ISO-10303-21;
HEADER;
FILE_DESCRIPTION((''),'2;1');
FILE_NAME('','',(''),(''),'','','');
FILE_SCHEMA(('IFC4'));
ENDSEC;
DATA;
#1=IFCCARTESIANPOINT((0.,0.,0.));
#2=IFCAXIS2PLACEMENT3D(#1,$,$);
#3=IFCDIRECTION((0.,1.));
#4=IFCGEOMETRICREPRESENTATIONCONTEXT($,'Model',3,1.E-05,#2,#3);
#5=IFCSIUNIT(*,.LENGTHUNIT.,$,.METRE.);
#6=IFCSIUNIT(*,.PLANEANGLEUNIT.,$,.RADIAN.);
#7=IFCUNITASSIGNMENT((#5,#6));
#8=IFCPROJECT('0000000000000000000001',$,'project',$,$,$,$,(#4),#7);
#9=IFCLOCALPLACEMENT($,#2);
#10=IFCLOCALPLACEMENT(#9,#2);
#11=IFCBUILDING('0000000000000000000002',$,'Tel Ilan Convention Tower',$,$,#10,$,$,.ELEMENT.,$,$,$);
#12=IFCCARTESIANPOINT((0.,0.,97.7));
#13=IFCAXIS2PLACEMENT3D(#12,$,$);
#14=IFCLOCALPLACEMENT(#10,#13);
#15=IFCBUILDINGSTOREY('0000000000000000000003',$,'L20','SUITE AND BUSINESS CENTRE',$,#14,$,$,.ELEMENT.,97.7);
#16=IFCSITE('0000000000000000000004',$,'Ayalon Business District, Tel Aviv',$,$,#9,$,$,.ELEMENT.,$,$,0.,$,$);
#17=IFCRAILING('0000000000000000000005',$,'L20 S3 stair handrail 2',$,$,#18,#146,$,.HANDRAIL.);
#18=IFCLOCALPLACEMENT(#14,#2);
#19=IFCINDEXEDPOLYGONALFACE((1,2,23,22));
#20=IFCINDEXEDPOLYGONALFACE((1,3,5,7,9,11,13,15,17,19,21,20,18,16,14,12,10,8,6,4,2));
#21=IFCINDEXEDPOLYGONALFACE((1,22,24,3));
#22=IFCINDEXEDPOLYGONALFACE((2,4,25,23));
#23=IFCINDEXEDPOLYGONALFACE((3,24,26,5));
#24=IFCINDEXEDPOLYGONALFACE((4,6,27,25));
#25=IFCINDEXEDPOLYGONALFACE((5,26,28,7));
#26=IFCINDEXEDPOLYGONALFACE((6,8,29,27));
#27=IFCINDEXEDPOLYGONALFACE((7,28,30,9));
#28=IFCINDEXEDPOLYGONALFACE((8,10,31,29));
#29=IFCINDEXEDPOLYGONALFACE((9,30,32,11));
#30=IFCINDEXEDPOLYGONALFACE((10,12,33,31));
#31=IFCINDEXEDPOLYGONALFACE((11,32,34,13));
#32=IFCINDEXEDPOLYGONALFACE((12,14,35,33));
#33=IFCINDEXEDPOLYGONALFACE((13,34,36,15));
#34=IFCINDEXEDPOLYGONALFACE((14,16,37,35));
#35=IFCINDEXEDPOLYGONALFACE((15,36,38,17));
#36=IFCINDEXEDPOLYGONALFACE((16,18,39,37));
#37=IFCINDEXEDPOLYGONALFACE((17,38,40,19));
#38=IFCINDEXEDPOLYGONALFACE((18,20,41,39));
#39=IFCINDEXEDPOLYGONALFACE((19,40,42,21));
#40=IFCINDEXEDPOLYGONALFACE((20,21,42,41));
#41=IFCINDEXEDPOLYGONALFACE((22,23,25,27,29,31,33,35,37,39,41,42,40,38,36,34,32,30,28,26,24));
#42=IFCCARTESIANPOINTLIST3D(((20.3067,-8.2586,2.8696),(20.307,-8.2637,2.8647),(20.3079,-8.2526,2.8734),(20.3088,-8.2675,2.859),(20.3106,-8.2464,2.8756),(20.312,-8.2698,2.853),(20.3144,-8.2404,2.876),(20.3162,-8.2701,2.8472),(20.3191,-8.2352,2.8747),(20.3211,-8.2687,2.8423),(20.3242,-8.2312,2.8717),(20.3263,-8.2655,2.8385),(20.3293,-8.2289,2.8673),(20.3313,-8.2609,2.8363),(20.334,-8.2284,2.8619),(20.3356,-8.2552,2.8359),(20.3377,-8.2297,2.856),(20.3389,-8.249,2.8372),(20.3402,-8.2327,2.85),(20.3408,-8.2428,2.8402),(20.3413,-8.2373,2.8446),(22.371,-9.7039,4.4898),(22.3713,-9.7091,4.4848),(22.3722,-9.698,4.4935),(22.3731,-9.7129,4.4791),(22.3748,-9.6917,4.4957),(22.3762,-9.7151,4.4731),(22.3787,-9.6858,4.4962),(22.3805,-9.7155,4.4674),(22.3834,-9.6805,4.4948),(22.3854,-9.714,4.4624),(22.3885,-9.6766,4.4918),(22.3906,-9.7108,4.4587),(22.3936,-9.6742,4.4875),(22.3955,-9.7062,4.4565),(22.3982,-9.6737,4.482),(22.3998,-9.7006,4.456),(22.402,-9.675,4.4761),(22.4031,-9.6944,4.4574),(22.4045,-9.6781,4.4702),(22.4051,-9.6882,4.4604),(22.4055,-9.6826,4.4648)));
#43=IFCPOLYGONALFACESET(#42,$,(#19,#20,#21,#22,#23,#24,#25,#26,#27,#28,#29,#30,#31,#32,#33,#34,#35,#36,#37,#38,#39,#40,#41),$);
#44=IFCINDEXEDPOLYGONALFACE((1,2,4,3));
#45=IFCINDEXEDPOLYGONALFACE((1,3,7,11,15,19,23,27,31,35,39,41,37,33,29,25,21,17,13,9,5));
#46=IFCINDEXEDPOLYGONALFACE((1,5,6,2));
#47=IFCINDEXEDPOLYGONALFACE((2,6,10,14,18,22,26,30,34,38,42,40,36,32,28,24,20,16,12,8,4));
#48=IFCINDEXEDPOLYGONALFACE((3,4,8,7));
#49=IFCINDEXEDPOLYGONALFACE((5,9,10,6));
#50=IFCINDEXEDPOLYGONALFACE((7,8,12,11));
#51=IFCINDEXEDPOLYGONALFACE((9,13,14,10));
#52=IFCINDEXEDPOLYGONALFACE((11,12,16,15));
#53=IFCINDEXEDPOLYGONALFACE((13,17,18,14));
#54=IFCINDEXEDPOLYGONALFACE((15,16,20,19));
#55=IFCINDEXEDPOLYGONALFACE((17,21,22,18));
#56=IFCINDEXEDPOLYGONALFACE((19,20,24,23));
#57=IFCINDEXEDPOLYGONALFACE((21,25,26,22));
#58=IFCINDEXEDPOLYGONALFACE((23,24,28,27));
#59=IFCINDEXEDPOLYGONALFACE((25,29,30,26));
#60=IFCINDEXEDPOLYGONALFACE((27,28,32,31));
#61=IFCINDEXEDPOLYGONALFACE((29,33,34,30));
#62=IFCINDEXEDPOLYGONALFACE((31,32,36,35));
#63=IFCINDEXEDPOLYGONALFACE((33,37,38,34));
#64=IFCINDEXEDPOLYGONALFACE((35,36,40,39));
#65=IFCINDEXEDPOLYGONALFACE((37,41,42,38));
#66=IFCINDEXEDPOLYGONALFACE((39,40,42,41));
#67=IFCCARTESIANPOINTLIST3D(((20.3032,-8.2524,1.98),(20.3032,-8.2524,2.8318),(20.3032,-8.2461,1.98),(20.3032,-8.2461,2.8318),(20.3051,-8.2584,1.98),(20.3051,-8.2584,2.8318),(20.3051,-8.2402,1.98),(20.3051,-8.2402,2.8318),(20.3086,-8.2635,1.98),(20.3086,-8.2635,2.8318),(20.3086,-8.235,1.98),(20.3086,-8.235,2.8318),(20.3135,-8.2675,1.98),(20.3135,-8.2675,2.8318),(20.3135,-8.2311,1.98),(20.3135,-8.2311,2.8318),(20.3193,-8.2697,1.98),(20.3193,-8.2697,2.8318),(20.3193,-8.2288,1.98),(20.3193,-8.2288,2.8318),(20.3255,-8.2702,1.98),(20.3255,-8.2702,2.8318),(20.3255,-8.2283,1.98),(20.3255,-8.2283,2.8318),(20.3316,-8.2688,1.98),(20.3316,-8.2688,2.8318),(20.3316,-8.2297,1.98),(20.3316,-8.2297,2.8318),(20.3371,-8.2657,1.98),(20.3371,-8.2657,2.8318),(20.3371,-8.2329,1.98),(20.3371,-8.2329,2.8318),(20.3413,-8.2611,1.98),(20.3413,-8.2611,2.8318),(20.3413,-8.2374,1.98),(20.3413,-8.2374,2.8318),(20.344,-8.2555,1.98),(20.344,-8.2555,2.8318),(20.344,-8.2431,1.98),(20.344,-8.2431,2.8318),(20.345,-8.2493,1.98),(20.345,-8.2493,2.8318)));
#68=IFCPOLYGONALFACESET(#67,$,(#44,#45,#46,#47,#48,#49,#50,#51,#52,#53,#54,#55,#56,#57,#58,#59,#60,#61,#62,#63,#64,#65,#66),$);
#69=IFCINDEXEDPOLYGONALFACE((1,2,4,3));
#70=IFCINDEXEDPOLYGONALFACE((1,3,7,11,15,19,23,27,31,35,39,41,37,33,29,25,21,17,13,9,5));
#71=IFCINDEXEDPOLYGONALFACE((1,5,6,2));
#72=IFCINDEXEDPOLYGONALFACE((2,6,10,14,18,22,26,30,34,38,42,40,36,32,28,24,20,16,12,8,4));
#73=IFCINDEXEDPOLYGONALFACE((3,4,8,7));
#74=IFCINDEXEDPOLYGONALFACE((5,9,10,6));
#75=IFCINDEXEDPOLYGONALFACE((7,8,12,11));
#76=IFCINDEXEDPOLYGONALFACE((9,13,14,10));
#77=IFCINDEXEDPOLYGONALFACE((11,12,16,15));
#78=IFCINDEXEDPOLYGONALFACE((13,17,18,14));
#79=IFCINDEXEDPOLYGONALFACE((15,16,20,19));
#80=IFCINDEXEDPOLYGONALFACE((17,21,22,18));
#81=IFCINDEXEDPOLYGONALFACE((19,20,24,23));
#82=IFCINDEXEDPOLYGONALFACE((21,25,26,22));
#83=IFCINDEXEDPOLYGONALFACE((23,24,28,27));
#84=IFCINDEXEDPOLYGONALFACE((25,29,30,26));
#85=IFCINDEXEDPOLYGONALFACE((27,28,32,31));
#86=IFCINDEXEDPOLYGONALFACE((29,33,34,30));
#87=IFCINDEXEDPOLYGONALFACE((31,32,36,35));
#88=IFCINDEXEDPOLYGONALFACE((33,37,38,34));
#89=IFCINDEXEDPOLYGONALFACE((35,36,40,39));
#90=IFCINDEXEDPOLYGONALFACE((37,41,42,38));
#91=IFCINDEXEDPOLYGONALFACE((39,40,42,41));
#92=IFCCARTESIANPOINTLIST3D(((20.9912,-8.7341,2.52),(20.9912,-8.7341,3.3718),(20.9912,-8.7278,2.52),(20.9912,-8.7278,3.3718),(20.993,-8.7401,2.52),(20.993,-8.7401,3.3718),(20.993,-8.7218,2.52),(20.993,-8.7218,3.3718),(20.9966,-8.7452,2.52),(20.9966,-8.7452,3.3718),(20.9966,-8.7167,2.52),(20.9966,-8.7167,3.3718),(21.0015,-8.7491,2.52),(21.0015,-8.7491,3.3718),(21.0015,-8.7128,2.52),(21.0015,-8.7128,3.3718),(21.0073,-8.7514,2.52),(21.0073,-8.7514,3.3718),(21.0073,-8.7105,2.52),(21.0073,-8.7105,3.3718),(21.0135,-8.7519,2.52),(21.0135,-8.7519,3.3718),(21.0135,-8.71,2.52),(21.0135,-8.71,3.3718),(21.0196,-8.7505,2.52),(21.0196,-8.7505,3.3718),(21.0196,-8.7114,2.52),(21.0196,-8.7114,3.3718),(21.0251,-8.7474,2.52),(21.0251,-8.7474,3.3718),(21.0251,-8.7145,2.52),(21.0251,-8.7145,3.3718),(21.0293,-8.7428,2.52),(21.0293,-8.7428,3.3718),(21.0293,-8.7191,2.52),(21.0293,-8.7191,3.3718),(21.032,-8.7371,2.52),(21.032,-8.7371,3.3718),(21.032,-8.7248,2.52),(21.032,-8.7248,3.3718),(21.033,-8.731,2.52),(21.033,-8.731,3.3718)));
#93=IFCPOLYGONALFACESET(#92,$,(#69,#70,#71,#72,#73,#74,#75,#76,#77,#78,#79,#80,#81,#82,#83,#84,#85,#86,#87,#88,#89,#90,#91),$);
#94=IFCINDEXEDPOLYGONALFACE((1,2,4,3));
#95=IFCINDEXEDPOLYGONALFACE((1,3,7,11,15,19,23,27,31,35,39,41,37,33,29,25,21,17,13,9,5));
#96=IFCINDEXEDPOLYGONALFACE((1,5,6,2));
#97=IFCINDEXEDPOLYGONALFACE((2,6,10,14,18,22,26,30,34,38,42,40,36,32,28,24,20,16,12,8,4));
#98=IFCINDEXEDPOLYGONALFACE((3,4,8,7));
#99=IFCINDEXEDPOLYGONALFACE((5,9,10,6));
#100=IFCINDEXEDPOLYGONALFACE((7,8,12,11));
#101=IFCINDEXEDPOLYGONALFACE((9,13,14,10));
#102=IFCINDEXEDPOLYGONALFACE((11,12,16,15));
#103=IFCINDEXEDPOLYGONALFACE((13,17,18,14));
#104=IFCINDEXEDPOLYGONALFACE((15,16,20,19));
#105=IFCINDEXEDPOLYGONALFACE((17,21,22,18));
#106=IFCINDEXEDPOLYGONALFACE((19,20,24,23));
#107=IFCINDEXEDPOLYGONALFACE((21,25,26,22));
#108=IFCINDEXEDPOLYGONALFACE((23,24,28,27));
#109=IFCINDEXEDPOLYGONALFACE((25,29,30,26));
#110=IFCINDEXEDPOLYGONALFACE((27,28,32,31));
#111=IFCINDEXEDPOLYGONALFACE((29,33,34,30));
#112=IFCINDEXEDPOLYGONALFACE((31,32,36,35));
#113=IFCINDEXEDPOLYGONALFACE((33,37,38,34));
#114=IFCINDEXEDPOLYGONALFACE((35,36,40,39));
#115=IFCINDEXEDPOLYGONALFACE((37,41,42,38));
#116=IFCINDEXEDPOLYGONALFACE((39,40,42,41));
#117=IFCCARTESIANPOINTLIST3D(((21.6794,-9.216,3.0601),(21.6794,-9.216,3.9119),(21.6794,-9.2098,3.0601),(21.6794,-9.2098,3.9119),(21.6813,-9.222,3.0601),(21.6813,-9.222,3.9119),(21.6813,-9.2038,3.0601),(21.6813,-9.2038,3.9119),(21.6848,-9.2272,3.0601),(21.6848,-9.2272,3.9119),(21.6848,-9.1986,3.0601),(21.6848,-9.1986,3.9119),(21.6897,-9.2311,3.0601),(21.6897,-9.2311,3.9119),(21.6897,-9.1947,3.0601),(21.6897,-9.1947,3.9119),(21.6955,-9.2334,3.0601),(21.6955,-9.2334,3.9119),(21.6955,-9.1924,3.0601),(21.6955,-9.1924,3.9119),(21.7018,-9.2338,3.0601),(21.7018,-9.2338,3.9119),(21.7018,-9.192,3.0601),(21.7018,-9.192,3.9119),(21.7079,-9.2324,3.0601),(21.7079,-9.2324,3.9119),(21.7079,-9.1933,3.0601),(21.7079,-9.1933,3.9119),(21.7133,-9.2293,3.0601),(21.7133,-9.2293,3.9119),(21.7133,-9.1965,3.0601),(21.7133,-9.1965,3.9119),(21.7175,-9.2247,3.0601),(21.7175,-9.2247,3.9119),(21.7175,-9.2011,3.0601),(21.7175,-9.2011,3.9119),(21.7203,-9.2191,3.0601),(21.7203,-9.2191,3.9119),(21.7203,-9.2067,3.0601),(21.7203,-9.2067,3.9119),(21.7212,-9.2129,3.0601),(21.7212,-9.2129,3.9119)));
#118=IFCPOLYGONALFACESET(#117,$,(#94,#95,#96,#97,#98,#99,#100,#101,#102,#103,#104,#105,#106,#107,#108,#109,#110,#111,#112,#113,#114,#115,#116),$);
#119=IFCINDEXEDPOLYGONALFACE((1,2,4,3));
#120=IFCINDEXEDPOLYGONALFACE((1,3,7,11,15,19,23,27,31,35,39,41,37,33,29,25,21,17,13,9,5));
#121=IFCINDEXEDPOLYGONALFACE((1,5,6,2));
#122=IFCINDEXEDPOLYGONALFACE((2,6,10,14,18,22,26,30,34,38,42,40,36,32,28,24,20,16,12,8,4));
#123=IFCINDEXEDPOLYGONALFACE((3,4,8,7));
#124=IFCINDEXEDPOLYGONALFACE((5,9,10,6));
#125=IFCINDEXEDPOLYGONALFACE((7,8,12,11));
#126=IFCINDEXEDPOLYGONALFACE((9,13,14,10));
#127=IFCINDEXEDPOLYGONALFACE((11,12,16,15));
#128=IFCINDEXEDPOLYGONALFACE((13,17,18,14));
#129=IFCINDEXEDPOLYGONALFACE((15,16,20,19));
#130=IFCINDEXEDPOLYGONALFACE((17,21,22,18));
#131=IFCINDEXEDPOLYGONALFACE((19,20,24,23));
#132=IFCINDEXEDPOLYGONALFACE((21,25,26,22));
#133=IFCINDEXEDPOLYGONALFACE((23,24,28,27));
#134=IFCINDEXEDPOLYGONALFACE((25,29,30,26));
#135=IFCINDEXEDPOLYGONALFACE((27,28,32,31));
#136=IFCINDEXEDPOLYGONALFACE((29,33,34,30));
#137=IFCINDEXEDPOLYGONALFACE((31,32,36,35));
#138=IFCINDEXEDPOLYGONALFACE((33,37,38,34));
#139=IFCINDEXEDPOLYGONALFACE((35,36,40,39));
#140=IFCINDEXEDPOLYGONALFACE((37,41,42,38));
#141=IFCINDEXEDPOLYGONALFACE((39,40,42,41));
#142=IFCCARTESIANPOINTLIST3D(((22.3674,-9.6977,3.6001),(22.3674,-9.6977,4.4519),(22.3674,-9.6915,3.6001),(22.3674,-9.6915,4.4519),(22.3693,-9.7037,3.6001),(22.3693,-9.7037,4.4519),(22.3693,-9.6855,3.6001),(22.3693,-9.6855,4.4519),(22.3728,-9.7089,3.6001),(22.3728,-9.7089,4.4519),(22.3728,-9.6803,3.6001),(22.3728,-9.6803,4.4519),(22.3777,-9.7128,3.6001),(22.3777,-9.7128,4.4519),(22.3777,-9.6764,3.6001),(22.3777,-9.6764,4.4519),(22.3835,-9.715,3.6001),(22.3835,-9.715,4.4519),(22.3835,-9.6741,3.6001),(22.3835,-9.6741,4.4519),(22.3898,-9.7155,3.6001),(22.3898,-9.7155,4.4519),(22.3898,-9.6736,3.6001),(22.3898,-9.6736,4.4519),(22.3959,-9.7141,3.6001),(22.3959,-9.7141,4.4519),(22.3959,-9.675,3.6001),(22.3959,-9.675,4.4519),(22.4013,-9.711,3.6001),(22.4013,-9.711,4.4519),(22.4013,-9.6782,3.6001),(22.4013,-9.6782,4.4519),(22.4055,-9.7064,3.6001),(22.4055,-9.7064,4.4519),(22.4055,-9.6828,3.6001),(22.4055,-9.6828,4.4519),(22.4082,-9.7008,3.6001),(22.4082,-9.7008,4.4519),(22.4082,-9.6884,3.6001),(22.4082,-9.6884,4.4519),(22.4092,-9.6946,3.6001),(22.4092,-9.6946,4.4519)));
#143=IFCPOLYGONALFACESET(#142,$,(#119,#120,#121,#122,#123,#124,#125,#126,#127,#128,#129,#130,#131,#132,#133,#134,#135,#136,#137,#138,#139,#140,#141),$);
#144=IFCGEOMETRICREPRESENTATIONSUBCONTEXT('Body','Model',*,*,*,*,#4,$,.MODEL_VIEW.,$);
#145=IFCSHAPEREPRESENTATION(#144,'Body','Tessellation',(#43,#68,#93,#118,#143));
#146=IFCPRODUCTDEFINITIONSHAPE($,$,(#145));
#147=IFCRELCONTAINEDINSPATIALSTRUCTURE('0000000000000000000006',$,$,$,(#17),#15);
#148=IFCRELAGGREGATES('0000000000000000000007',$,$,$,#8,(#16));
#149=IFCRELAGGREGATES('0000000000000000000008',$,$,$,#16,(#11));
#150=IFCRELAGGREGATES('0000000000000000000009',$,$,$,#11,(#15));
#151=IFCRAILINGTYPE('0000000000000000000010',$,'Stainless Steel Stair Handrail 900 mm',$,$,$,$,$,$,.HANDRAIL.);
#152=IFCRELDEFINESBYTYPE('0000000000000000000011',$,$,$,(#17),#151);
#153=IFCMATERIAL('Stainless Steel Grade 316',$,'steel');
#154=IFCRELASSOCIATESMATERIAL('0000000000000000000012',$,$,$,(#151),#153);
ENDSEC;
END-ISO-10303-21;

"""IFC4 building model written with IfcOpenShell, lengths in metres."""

from ifc_helpers import new_model, si_unit, direction, frame, origin, origin_2d, place, context, subcontext, project, spatial, circle, extrude, material, type_object, element, save


model = new_model("IFC4")

# Units and contexts
model_context = context("Model", 3, precision=1e-05, world=origin(), true_north=direction((0.0, 1.0)))
body_context = subcontext(model_context, "Body", "Model", "MODEL_VIEW")
ifc_project = project(units=[si_unit("LENGTHUNIT", "METRE"), si_unit("PLANEANGLEUNIT", "RADIAN")], contexts=[model_context])

# Site, building, storey
site_placement = place(None, origin())
site = spatial("IfcSite", under=ifc_project, at=site_placement, Name="Ayalon Business District, Tel Aviv", CompositionType="ELEMENT", RefElevation=0.0)
building_placement = place(site_placement, origin())
building = spatial("IfcBuilding", under=site, at=building_placement, Name="Tel Ilan Convention Tower", CompositionType="ELEMENT")
storey_placement = place(building_placement, frame((0.0, 0.0, 97.7)))
storey = spatial("IfcBuildingStorey", under=building, at=storey_placement, Name="L20", Description="SUITE AND BUSINESS CENTRE", CompositionType="ELEMENT", Elevation=97.7)

# Railing
ifc_material_1 = material(Name="Stainless Steel Grade 316", Category="steel")
railing_type_1 = type_object("IfcRailingType", Name="Stainless Steel Stair Handrail 900 mm", PredefinedType="HANDRAIL", material=ifc_material_1)
railing_1_placement = place(storey_placement, frame((20.324, -8.2493, 1.98)))
element("IfcRailing", 1, at=railing_1_placement, inside=storey, type_object=railing_type_1, Name="L20 S3 stair handrail 2", PredefinedType="HANDRAIL", context=body_context, shape_type="SweptSolid", body=[
    extrude(circle(Radius=0.0239, at=origin_2d()), frame((0.0, 0.0, 0.876), z_axis=(0.68904, -0.48245, 0.540801), x_axis=(0.57356, 0.819164, 0.0)), (0.0, 0.0, 1.0), 2.9958),
    extrude(circle(Radius=0.021, at=origin_2d()), origin(), (0.0, 0.0, 1.0), 0.8518),
    extrude(circle(Radius=0.021, at=origin_2d()), frame((0.688, -0.4817, 0.54)), (0.0, 0.0, 1.0), 0.8518),
    extrude(circle(Radius=0.021, at=origin_2d()), frame((1.3762, -0.9636, 1.0801)), (0.0, 0.0, 1.0), 0.8518),
    extrude(circle(Radius=0.021, at=origin_2d()), frame((2.0642, -1.4453, 1.6201)), (0.0, 0.0, 1.0), 0.8518),
])

save(model, "model.ifc")
